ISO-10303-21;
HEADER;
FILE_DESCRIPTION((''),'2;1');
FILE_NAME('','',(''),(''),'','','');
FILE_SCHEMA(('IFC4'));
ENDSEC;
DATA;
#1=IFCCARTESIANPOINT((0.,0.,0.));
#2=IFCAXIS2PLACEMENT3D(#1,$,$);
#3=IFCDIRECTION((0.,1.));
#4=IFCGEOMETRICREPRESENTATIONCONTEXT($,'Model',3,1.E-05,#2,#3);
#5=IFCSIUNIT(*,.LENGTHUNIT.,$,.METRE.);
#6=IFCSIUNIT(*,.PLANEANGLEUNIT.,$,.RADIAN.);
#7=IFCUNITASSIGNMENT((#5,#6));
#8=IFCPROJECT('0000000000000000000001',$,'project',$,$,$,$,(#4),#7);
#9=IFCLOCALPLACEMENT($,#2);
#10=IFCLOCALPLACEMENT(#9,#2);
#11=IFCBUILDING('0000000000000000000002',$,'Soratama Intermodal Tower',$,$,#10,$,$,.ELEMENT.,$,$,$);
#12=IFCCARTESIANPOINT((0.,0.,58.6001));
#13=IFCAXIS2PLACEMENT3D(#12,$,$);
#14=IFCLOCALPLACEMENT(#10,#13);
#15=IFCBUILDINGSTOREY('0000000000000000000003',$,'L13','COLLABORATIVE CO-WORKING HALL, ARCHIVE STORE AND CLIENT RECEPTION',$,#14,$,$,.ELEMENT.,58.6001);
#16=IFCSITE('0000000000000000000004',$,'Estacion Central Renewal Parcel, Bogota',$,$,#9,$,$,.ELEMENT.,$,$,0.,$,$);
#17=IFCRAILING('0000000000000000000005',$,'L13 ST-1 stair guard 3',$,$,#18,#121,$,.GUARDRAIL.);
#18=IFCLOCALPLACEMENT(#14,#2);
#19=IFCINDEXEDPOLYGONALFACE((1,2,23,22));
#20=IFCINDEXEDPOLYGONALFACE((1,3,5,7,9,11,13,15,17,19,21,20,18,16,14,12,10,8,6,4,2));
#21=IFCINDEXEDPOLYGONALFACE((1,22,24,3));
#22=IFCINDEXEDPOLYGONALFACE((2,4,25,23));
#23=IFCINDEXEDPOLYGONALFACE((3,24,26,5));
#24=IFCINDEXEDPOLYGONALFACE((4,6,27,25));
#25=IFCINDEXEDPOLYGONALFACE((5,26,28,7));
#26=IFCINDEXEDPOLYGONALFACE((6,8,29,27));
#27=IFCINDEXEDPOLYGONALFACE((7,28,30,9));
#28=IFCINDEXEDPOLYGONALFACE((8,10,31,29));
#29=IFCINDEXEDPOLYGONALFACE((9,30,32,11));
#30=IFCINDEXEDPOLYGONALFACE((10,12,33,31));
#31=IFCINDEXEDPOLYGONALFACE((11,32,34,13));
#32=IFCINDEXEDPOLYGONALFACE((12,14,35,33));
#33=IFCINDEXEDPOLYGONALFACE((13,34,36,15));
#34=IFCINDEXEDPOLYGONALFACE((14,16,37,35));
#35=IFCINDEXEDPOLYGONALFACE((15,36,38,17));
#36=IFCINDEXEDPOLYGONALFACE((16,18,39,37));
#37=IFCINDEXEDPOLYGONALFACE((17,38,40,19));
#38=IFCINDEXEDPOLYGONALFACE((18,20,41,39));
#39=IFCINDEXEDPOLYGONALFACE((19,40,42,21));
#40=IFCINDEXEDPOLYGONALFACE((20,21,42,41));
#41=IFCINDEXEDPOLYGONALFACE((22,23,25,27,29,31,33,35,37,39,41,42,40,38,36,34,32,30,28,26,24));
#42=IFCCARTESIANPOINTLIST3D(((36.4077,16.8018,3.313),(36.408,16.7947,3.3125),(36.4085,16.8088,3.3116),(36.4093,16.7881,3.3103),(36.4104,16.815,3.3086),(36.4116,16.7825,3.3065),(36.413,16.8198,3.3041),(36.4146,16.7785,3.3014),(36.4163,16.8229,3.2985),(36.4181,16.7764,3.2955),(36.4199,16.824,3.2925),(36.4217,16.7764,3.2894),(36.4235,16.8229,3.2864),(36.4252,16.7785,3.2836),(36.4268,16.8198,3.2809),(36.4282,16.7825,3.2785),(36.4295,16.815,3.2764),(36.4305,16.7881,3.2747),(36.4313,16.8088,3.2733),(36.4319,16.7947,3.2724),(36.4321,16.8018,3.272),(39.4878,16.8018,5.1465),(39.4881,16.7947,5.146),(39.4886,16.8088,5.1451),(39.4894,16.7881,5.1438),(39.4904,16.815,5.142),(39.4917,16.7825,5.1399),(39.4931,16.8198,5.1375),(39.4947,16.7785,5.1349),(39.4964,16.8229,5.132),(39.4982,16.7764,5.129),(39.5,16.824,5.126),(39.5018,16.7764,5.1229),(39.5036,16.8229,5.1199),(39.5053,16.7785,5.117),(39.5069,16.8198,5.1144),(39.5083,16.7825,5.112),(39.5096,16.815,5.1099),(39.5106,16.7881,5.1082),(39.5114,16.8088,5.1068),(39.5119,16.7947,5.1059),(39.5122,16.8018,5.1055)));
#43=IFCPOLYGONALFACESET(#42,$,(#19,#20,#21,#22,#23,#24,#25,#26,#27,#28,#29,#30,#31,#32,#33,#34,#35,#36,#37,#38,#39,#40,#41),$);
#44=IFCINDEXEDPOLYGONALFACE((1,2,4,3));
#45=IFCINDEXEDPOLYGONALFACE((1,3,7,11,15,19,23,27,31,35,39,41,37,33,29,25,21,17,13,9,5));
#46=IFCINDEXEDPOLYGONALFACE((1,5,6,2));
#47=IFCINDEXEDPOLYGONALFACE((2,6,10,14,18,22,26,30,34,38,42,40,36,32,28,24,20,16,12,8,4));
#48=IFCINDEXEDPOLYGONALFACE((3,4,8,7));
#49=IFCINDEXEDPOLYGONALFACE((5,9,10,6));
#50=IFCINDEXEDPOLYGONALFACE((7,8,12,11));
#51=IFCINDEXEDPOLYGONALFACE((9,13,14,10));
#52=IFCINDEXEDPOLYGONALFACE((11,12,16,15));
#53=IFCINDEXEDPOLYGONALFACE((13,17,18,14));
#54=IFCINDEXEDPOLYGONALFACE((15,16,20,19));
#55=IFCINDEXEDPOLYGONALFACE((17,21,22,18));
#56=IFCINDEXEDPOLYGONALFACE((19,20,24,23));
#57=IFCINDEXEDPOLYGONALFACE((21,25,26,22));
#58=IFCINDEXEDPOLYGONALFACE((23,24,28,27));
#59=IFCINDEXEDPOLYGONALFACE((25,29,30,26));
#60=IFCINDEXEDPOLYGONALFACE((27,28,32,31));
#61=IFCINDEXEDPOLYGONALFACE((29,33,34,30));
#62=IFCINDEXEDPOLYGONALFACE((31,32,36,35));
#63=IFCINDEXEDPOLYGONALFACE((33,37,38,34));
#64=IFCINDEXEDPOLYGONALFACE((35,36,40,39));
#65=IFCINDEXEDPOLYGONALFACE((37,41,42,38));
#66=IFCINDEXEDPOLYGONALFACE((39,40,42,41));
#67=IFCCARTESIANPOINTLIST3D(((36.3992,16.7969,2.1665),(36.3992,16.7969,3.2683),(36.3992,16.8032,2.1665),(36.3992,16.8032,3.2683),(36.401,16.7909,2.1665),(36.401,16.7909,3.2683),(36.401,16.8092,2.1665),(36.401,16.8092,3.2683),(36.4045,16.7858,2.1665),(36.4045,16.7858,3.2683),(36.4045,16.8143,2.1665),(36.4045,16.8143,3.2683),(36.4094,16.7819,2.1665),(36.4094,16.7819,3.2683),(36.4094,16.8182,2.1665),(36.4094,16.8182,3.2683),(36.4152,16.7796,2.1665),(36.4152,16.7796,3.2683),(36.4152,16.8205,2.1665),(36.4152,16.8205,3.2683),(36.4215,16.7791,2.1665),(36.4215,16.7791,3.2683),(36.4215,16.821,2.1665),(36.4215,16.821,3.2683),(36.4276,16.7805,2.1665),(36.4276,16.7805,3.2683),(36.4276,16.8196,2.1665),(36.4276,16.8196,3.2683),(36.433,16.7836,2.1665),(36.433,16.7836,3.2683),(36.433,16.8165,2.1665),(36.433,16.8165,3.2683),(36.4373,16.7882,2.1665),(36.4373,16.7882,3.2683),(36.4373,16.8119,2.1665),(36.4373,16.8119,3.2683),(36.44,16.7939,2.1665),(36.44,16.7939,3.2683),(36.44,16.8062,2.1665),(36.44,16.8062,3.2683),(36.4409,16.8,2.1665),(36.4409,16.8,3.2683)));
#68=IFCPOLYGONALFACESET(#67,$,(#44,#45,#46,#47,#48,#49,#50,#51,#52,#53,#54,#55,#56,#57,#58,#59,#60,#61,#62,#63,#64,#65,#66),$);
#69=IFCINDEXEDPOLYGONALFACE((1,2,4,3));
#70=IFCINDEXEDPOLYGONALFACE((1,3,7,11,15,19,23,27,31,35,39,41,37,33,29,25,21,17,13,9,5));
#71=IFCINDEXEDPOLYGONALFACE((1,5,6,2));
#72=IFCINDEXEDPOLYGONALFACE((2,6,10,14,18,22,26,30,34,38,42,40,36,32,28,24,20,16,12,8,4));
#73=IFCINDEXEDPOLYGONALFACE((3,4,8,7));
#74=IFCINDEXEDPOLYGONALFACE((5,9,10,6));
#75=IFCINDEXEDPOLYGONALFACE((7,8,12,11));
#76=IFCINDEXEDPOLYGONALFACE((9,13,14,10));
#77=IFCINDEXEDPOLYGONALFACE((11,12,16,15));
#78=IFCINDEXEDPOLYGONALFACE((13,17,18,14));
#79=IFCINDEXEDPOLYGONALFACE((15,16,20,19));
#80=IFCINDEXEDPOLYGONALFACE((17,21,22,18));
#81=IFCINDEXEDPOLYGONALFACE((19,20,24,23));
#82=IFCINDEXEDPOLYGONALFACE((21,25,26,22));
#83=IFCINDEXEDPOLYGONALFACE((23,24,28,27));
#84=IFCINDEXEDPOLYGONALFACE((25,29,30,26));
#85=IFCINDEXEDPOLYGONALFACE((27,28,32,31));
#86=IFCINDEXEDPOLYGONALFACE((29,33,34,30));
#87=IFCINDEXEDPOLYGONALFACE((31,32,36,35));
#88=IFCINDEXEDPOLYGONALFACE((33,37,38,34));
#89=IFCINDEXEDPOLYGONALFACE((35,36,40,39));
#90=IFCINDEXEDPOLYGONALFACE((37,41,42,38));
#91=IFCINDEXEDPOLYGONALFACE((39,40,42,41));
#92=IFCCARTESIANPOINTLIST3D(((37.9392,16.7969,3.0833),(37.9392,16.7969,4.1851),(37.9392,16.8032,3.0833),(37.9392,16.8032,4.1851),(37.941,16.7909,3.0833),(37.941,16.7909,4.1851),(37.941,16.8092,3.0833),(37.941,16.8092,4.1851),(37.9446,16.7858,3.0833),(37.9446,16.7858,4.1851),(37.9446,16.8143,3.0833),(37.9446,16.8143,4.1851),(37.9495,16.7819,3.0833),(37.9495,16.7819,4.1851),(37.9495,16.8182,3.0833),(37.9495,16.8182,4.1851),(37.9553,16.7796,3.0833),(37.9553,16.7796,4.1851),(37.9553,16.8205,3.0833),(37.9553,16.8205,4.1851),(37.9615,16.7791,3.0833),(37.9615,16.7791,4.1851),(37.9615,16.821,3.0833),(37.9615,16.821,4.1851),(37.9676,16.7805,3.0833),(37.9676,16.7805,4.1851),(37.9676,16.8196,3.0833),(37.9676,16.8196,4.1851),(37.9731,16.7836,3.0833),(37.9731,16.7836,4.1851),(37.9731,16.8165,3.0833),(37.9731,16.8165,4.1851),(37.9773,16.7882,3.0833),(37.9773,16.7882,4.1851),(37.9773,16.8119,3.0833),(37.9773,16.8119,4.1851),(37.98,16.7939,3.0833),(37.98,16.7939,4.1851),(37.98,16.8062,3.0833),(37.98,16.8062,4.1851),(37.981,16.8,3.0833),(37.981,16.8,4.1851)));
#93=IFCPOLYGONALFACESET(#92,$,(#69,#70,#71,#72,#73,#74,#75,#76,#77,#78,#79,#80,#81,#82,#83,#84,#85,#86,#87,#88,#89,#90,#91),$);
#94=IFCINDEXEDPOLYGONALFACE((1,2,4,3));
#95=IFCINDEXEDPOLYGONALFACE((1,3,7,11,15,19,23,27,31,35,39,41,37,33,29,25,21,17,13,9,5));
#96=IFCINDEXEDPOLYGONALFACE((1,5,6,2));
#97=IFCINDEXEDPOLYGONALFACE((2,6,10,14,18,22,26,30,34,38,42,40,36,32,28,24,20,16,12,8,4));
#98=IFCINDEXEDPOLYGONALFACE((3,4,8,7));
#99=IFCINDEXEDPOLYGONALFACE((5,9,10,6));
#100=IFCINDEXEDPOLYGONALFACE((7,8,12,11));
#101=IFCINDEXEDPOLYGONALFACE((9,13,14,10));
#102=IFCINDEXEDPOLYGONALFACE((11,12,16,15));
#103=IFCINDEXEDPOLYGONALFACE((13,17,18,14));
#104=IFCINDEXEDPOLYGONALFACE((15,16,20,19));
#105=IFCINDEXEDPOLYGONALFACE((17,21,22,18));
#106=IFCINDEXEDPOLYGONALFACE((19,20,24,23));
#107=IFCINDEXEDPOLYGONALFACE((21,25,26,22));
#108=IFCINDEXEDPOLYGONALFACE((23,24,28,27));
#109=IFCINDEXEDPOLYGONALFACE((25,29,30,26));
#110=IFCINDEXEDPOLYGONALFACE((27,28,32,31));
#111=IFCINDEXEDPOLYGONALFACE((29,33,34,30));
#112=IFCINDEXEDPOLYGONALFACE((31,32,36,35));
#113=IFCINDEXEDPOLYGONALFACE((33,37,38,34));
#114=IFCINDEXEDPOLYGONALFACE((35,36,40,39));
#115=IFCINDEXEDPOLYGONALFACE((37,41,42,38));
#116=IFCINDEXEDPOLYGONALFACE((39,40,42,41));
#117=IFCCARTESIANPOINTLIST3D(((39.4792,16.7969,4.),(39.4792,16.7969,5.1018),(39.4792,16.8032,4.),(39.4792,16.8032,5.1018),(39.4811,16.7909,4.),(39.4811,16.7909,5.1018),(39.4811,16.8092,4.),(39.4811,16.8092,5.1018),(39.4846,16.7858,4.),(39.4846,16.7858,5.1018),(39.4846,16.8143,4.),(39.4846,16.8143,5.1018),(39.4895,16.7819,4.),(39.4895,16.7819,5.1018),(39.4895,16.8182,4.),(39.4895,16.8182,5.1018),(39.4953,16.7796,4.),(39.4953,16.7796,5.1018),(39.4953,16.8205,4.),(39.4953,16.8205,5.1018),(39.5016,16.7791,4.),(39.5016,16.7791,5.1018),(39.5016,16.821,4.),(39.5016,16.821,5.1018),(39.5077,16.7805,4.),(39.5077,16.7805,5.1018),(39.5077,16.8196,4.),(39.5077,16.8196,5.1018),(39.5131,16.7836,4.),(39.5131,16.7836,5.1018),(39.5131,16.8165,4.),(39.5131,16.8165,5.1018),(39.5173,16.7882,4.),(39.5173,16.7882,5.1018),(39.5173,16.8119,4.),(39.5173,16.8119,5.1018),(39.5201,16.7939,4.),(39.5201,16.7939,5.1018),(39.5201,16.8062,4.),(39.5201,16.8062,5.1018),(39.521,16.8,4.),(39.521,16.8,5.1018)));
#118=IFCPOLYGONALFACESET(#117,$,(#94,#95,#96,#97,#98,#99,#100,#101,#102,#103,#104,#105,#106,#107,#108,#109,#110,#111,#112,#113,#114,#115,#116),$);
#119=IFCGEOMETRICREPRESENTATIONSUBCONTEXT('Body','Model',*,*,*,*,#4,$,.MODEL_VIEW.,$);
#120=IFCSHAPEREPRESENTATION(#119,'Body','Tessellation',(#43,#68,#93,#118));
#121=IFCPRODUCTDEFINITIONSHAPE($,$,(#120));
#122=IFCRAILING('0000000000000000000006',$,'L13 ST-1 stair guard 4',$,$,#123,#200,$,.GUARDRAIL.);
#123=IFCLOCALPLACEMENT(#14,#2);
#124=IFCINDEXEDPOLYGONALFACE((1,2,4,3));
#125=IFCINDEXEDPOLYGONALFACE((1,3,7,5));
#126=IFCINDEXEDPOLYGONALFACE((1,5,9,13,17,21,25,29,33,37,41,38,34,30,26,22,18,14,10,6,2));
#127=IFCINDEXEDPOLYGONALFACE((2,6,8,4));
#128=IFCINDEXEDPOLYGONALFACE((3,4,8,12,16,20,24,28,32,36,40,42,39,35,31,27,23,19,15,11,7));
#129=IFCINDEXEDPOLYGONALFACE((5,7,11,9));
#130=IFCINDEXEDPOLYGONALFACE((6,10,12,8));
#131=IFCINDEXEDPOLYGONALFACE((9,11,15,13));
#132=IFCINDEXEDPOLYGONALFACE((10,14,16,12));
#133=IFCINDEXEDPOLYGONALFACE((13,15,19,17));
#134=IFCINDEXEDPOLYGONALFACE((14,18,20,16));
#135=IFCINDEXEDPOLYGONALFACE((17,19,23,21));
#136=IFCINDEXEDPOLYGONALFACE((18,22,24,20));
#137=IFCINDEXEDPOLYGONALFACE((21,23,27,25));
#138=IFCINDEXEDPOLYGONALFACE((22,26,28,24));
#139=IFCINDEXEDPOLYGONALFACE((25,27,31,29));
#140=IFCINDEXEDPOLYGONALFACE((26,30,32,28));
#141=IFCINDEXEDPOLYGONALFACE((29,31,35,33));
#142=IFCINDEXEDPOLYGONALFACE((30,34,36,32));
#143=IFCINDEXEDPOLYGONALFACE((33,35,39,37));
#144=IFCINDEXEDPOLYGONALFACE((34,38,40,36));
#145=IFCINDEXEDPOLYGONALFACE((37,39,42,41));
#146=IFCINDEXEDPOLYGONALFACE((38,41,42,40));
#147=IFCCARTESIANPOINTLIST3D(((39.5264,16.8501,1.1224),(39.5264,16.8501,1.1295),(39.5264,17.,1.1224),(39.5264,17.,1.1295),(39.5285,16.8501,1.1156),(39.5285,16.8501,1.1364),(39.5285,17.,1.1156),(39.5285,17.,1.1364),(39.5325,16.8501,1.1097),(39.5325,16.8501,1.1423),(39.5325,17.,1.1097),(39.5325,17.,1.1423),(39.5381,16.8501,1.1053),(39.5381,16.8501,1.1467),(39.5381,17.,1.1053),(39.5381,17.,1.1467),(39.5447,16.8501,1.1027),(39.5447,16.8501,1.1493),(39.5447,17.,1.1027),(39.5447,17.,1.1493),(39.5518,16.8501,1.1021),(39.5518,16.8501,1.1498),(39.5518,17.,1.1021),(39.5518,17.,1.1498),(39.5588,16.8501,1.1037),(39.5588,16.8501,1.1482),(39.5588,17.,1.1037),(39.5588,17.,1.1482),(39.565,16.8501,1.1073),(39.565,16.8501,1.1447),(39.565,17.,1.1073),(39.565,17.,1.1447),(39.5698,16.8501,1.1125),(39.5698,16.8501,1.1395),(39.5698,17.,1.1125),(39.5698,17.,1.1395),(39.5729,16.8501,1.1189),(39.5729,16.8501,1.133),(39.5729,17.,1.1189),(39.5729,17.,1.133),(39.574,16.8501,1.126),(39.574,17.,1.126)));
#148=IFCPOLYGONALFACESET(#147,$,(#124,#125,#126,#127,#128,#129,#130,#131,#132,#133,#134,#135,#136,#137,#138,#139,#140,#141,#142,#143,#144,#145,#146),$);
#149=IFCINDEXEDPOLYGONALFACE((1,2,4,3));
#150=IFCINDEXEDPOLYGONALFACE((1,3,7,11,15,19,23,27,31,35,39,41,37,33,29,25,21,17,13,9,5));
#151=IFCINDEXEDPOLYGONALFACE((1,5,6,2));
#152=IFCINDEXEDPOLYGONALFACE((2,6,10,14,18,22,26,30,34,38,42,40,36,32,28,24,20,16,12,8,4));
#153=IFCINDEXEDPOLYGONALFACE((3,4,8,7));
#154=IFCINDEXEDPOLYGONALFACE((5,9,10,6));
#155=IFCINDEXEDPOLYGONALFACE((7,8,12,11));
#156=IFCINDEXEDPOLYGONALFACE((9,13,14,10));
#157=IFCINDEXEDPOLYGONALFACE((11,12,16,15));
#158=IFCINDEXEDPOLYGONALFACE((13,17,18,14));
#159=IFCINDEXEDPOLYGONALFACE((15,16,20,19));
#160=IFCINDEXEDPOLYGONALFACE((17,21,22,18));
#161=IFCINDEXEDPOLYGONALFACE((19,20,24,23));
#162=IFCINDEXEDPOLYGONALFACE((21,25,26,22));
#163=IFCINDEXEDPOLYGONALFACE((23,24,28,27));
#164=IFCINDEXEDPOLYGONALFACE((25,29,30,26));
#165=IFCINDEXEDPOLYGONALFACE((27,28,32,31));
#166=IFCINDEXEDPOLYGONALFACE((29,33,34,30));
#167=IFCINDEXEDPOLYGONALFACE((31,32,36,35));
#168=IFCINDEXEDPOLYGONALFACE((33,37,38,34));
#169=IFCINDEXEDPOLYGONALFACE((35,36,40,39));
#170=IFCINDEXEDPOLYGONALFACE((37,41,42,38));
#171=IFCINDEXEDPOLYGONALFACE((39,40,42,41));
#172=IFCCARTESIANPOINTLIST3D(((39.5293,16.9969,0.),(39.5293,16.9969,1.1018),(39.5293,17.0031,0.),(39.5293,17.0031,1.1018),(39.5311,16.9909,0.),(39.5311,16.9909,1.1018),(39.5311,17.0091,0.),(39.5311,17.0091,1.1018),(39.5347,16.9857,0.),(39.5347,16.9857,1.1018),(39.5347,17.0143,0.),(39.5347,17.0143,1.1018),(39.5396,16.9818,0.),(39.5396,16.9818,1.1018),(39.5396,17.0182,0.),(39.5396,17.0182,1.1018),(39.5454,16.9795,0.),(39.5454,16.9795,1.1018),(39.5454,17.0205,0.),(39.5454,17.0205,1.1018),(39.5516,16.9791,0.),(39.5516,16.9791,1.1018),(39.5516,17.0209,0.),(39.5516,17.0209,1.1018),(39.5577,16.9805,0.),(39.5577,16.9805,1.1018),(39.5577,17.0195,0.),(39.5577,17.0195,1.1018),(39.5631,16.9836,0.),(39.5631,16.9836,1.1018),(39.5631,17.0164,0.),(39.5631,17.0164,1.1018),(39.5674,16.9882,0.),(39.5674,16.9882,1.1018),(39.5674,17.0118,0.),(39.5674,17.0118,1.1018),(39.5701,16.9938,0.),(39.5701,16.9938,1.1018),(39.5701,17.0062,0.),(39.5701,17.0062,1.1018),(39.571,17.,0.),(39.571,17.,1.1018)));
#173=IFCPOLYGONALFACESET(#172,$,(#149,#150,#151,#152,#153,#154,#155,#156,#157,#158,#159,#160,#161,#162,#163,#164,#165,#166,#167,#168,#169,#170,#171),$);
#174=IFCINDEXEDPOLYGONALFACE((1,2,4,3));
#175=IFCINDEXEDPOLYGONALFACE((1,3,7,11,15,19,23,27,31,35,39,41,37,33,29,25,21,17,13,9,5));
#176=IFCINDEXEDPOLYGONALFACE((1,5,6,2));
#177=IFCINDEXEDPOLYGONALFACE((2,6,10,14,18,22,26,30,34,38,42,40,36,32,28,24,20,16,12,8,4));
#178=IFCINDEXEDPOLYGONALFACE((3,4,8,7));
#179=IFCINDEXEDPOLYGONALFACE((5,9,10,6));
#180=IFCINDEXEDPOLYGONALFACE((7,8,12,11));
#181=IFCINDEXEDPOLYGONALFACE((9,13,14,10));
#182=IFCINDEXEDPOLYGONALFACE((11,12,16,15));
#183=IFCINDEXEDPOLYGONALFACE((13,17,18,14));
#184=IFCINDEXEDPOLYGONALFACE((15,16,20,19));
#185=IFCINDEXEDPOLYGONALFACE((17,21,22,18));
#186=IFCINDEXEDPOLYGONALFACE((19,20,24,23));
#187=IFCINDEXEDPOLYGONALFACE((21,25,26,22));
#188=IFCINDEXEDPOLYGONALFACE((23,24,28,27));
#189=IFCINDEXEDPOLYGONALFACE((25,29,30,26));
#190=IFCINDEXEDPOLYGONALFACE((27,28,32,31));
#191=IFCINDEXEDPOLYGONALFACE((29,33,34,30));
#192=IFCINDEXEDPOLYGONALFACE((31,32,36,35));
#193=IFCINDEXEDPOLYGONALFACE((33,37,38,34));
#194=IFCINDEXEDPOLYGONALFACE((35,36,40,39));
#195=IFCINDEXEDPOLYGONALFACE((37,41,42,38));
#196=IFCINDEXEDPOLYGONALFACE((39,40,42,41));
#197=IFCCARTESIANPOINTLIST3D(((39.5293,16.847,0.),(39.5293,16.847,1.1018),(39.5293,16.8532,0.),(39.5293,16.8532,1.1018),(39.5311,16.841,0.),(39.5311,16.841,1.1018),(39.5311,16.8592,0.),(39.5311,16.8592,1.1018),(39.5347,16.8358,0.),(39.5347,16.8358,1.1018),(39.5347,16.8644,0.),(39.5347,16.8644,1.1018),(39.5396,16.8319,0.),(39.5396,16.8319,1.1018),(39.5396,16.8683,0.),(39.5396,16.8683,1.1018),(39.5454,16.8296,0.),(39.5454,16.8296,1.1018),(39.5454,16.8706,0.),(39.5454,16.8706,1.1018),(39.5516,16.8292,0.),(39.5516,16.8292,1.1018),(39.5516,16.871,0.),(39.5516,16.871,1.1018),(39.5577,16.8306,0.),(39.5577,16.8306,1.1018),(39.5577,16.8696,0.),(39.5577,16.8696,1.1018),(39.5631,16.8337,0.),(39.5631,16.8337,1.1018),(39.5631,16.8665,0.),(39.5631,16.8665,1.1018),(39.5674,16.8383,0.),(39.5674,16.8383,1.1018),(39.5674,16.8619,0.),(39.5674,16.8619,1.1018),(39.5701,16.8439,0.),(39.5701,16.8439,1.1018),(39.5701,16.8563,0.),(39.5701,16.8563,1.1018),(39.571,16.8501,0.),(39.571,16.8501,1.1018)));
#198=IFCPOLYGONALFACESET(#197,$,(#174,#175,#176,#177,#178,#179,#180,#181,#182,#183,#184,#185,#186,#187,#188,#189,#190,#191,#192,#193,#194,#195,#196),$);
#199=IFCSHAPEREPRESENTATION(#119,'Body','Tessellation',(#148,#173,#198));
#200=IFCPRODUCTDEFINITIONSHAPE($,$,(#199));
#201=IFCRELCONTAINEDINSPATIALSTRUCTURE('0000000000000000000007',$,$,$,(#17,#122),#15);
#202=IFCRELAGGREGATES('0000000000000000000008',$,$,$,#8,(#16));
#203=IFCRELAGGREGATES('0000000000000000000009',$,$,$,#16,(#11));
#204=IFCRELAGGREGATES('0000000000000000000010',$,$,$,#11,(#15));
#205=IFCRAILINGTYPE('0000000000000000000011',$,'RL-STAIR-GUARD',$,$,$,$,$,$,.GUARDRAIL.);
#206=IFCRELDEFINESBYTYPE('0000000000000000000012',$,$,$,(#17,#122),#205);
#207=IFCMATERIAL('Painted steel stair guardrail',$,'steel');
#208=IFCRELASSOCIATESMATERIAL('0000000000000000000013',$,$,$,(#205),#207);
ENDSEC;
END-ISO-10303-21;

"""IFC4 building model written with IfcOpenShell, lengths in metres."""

from ifc_helpers import new_model, si_unit, direction, frame, origin, origin_2d, place, context, subcontext, project, spatial, circle, extrude, material, type_object, element, save


model = new_model("IFC4")

# Units and contexts
model_context = context("Model", 3, precision=1e-05, world=origin(), true_north=direction((0.0, 1.0)))
body_context = subcontext(model_context, "Body", "Model", "MODEL_VIEW")
ifc_project = project(units=[si_unit("LENGTHUNIT", "METRE"), si_unit("PLANEANGLEUNIT", "RADIAN")], contexts=[model_context])

# Site, building, storey
site_placement = place(None, origin())
site = spatial("IfcSite", under=ifc_project, at=site_placement, Name="Estacion Central Renewal Parcel, Bogota", CompositionType="ELEMENT", RefElevation=0.0)
building_placement = place(site_placement, origin())
building = spatial("IfcBuilding", under=site, at=building_placement, Name="Soratama Intermodal Tower", CompositionType="ELEMENT")
storey_placement = place(building_placement, frame((0.0, 0.0, 58.6001)))
storey = spatial("IfcBuildingStorey", under=building, at=storey_placement, Name="L13", Description="COLLABORATIVE CO-WORKING HALL, ARCHIVE STORE AND CLIENT RECEPTION", CompositionType="ELEMENT", Elevation=58.6001)

# Railings
ifc_material_1 = material(Name="Painted steel stair guardrail", Category="steel")
railing_type_1 = type_object("IfcRailingType", Name="RL-STAIR-GUARD", PredefinedType="GUARDRAIL", material=ifc_material_1)
railing_1_placement = place(storey_placement, frame((36.4199, 16.8, 2.1665)))
element("IfcRailing", 1, at=railing_1_placement, inside=storey, type_object=railing_type_1, Name="L13 ST-1 stair guard 3", PredefinedType="GUARDRAIL", context=body_context, shape_type="SweptSolid", body=[
    extrude(circle(Radius=0.0239, at=origin_2d()), frame((0.0, 0.0, 1.126), z_axis=(0.859279, 0.0, 0.511508), x_axis=(0.0, 1.0, 0.0)), (0.0, 0.0, 1.0), 3.5845),
    extrude(circle(Radius=0.021, at=origin_2d()), origin(), (0.0, 0.0, 1.0), 1.1018),
    extrude(circle(Radius=0.021, at=origin_2d()), frame((1.54, 0.0, 0.9167)), (0.0, 0.0, 1.0), 1.1018),
    extrude(circle(Radius=0.021, at=origin_2d()), frame((3.0801, 0.0, 1.8335)), (0.0, 0.0, 1.0), 1.1018),
])
railing_2_placement = place(storey_placement, frame((39.55, 17.0, 0.0)))
element("IfcRailing", 2, at=railing_2_placement, inside=storey, type_object=railing_type_1, Name="L13 ST-1 stair guard 4", PredefinedType="GUARDRAIL", context=body_context, shape_type="SweptSolid", body=[
    extrude(circle(Radius=0.0239, at=origin_2d()), frame((0.0, 0.0, 1.126), z_axis=(0.0, -1.0, 0.0), x_axis=(1.0, 0.0, 0.0)), (0.0, 0.0, 1.0), 0.1499),
    extrude(circle(Radius=0.021, at=origin_2d()), origin(), (0.0, 0.0, 1.0), 1.1018),
    extrude(circle(Radius=0.021, at=origin_2d()), frame((0.0, -0.1499, 0.0)), (0.0, 0.0, 1.0), 1.1018),
])

save(model, "model.ifc")
